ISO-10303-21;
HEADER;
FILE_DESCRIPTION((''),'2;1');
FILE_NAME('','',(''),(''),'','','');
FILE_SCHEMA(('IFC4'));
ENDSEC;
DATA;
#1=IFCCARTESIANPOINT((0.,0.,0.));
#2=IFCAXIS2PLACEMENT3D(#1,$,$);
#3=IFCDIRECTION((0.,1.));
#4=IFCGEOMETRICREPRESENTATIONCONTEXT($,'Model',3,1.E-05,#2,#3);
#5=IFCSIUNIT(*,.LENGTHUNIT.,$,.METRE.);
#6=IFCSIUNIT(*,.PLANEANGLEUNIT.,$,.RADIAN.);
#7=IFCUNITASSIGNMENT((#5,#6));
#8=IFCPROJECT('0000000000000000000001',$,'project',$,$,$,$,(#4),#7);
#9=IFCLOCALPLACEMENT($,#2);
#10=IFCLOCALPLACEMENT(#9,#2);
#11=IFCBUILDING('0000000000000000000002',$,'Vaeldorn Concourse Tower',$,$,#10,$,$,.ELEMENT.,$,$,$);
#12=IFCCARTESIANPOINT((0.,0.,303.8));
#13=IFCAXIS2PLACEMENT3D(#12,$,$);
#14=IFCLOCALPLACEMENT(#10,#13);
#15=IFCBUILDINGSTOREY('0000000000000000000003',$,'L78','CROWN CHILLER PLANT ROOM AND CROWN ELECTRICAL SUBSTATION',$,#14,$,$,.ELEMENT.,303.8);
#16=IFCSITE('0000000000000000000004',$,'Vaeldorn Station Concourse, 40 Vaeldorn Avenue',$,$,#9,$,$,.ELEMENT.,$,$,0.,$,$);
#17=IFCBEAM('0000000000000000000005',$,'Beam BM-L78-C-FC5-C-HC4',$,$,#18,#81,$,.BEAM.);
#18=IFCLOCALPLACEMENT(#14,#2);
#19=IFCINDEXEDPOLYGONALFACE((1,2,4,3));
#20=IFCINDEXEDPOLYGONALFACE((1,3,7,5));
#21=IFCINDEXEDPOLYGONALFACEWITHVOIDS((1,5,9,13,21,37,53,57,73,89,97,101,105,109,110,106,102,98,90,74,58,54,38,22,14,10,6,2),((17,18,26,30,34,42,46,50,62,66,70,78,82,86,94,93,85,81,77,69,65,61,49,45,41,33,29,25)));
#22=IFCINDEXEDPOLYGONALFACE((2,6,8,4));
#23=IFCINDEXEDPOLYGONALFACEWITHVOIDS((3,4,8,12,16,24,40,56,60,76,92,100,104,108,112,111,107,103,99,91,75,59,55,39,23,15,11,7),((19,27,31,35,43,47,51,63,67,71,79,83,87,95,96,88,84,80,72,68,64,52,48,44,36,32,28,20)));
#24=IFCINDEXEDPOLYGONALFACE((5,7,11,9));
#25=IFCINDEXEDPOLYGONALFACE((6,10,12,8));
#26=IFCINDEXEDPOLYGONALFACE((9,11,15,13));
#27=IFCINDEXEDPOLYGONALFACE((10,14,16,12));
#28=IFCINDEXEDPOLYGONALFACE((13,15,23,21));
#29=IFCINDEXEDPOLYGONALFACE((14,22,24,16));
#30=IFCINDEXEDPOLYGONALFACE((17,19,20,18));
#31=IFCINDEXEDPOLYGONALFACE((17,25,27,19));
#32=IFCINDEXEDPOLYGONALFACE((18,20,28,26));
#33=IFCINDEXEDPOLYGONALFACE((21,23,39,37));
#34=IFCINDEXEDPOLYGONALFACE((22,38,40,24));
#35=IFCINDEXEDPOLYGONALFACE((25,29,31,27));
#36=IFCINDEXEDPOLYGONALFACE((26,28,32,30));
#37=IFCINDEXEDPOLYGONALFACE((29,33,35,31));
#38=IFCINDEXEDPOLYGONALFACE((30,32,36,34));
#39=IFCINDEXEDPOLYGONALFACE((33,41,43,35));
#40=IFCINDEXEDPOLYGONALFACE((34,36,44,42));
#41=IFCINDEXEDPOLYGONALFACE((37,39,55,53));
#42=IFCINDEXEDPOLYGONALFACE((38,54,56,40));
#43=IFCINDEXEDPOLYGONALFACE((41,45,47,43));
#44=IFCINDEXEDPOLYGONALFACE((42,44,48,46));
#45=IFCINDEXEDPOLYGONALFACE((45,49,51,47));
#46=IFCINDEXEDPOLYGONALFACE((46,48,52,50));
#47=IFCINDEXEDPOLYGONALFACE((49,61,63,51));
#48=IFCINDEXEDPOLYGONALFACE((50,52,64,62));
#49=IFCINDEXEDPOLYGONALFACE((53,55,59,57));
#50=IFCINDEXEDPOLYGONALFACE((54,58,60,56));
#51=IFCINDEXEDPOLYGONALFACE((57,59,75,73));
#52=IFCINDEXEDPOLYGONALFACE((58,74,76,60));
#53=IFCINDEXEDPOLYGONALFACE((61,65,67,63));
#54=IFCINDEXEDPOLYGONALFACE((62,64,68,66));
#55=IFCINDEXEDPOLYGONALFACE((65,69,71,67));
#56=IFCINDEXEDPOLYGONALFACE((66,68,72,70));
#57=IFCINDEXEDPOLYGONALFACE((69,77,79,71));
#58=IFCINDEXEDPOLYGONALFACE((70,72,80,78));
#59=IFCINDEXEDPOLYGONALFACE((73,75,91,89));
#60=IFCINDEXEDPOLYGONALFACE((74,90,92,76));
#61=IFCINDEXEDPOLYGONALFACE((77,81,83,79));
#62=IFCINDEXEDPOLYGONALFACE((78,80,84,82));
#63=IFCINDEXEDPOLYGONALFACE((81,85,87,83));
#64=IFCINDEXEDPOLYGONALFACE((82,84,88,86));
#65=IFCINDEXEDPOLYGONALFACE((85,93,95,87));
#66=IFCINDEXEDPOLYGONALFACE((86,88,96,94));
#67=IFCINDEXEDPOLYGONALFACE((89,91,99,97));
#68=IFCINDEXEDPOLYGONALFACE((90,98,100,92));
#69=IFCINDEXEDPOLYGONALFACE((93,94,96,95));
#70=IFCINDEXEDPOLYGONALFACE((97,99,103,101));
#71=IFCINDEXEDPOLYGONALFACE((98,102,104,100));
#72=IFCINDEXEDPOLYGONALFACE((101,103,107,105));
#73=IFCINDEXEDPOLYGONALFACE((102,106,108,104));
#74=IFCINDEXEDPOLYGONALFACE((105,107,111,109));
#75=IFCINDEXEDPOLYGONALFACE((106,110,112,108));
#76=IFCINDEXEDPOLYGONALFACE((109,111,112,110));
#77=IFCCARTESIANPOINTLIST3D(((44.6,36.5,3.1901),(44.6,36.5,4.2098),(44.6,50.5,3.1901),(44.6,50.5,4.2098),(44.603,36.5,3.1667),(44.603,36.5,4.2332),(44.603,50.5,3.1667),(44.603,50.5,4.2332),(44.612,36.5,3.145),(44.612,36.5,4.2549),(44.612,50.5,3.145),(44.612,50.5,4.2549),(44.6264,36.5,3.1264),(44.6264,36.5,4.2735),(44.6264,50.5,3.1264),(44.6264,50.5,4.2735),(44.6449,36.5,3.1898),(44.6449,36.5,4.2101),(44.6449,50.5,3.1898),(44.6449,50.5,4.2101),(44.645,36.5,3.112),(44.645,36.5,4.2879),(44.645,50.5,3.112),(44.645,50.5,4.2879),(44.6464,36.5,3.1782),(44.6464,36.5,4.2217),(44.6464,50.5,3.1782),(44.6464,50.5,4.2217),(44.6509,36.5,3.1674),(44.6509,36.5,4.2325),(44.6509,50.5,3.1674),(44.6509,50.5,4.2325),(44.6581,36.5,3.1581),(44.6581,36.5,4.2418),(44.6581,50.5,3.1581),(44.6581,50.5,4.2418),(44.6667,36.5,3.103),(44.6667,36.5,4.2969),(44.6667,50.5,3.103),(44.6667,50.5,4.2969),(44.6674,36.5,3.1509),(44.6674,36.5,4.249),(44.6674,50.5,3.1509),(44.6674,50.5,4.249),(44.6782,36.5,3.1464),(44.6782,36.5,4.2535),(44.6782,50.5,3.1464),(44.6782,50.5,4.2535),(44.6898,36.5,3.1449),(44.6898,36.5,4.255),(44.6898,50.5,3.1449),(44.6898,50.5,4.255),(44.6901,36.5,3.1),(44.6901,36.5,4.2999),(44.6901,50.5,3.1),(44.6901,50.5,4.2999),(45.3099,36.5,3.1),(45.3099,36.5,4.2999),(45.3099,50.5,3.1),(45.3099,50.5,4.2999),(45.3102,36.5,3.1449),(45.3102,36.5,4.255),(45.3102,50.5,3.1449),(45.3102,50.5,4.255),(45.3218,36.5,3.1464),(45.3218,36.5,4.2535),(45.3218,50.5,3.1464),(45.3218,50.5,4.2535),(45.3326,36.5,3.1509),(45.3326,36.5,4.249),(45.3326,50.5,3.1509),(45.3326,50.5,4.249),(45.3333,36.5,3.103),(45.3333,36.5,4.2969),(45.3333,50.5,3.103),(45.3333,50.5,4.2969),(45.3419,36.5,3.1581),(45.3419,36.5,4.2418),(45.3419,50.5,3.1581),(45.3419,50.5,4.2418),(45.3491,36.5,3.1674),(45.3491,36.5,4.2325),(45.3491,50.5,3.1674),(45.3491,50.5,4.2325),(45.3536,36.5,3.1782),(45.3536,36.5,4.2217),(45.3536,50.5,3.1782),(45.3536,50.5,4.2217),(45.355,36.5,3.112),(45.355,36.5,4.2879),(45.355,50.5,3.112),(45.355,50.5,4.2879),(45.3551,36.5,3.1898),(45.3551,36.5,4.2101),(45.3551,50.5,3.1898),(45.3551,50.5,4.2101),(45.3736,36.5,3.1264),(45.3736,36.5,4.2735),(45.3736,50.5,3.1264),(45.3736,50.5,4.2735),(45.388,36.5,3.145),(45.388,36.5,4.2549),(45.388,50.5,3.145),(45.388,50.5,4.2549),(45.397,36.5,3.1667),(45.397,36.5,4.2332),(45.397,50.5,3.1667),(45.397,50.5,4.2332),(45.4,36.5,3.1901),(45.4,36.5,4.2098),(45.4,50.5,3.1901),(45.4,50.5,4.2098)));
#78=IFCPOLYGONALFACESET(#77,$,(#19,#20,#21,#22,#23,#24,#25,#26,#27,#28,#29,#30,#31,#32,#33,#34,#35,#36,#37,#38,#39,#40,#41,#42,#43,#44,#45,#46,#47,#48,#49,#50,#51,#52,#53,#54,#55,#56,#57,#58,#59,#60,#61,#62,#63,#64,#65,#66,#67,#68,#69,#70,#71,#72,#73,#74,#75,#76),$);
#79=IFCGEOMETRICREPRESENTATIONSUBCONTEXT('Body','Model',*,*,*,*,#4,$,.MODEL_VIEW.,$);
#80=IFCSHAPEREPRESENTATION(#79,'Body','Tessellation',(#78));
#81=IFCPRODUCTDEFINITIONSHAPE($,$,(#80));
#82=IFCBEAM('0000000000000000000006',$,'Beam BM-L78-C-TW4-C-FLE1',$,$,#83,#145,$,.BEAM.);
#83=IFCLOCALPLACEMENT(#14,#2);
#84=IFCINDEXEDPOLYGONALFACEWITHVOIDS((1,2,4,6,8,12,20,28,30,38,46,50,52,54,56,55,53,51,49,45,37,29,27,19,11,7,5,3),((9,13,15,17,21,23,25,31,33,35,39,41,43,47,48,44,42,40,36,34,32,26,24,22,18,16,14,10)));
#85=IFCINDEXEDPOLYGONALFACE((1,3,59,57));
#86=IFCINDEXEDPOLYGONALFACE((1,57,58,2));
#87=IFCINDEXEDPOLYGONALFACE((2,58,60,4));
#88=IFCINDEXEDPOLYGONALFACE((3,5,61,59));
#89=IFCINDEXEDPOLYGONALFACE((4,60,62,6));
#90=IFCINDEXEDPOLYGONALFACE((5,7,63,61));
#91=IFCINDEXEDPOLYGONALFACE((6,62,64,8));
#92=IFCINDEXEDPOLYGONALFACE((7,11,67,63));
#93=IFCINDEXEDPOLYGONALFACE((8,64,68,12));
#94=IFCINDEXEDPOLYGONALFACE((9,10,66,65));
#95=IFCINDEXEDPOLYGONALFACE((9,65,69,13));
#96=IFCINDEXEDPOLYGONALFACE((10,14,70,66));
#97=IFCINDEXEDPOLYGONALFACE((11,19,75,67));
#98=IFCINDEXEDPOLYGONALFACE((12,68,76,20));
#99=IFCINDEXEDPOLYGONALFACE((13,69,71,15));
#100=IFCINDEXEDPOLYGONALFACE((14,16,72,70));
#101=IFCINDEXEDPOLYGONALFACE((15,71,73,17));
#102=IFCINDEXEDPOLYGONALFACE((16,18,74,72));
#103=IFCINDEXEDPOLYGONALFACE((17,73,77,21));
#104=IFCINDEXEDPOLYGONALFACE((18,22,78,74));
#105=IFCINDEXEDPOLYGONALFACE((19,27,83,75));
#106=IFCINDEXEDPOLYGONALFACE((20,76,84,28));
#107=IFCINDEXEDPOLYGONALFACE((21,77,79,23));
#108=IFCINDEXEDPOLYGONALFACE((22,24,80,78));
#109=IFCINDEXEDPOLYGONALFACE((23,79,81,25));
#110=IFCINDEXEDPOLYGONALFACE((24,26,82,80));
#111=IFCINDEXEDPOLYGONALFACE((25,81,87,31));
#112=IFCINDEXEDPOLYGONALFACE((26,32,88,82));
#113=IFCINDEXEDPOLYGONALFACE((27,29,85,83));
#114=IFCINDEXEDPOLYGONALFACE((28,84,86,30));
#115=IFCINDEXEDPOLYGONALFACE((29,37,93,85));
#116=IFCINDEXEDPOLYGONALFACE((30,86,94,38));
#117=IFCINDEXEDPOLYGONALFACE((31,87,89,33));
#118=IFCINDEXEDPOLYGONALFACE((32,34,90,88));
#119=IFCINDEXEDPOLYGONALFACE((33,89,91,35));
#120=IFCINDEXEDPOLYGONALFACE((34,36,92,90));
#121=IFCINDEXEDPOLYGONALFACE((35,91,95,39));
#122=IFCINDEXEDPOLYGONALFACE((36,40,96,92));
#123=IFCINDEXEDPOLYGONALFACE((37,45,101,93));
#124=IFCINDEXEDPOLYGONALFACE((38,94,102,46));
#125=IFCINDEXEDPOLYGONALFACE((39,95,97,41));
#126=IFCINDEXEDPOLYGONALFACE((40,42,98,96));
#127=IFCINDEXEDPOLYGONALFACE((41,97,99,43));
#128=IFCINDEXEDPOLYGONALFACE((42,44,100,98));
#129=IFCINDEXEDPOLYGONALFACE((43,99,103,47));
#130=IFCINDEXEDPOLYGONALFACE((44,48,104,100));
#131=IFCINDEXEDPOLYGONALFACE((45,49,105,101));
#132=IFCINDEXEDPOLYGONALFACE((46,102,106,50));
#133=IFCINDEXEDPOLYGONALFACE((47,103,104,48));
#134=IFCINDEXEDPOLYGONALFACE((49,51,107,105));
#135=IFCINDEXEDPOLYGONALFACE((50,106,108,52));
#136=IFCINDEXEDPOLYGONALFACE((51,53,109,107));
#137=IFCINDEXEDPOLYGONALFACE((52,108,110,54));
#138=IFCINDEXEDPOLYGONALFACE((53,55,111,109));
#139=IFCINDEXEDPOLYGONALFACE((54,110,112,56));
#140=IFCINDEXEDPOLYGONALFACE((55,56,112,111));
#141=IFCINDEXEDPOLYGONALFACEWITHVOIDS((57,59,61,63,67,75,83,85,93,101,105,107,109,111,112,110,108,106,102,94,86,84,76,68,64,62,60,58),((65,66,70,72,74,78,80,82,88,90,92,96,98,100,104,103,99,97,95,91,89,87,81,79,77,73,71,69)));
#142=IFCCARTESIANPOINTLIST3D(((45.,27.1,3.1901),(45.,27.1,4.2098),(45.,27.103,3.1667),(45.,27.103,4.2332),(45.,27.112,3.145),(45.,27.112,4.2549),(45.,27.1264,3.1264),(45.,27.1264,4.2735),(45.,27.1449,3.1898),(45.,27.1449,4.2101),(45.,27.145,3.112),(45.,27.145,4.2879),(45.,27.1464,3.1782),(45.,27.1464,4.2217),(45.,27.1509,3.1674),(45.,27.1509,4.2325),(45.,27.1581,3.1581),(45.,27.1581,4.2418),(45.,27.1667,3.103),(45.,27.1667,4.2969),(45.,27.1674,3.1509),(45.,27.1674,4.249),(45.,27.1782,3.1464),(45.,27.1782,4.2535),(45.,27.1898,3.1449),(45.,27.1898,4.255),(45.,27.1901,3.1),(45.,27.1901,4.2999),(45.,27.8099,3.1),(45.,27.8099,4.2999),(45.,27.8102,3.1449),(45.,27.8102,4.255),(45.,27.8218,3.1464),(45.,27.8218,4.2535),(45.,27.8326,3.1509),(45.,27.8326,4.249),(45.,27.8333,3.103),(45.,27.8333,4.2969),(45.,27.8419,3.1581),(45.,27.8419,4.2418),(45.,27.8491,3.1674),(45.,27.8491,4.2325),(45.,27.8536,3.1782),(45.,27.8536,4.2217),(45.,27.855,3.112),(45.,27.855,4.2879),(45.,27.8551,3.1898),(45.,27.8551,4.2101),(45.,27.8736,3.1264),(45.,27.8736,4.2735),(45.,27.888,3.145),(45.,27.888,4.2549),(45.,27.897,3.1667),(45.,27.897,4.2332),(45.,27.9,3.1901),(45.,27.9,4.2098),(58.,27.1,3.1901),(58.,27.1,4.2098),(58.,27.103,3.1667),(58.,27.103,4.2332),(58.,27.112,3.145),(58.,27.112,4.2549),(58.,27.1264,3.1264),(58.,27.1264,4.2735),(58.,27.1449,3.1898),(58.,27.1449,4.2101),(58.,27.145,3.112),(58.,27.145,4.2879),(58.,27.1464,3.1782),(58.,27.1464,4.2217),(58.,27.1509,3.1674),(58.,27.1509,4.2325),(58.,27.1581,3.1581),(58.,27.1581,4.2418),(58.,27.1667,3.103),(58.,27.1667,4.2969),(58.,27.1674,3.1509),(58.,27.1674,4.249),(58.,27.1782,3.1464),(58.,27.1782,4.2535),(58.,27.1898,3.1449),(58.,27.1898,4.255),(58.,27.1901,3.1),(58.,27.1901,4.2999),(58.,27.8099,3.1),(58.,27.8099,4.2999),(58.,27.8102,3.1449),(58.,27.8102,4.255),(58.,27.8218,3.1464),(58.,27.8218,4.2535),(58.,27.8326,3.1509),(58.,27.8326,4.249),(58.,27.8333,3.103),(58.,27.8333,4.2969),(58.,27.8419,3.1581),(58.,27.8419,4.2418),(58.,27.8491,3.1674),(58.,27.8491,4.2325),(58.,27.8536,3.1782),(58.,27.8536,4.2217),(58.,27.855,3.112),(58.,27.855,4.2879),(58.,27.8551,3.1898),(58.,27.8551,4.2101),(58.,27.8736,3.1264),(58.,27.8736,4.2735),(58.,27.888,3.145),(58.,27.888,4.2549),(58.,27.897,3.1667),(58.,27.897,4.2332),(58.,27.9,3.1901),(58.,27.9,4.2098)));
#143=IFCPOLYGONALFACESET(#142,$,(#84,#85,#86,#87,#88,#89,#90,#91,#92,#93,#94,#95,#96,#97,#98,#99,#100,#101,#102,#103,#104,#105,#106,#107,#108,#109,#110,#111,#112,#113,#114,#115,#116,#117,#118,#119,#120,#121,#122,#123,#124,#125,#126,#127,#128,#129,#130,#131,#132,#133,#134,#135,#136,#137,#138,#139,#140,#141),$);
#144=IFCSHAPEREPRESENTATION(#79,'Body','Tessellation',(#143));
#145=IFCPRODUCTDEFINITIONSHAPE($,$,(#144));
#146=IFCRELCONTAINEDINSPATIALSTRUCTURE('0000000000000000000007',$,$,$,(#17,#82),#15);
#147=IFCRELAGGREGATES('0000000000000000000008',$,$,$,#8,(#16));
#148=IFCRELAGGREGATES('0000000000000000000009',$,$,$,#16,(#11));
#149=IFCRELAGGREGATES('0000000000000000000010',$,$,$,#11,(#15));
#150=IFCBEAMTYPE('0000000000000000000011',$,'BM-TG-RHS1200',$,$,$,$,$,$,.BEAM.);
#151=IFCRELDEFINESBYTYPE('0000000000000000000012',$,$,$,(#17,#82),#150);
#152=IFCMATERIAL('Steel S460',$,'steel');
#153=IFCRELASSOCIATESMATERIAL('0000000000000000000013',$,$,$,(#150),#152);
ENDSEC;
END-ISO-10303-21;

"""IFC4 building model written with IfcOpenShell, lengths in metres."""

from ifc_helpers import new_model, si_unit, direction, frame, origin, origin_2d, place, context, subcontext, project, spatial, hollow_rectangle, extrude, source, transform, mapped, material, material_profile, profile_set, type_object, element, save


model = new_model("IFC4")

# Units and contexts
model_context = context("Model", 3, precision=1e-05, world=origin(), true_north=direction((0.0, 1.0)))
body_context = subcontext(model_context, "Body", "Model", "MODEL_VIEW")
ifc_project = project(units=[si_unit("LENGTHUNIT", "METRE"), si_unit("PLANEANGLEUNIT", "RADIAN")], contexts=[model_context])

# Site, building, storey
site_placement = place(None, origin())
site = spatial("IfcSite", under=ifc_project, at=site_placement, Name="Vaeldorn Station Concourse, 40 Vaeldorn Avenue", CompositionType="ELEMENT", RefElevation=0.0)
building_placement = place(site_placement, origin())
building = spatial("IfcBuilding", under=site, at=building_placement, Name="Vaeldorn Concourse Tower", CompositionType="ELEMENT")
storey_placement = place(building_placement, frame((0.0, 0.0, 303.8)))
storey = spatial("IfcBuildingStorey", under=building, at=storey_placement, Name="L78", Description="CROWN CHILLER PLANT ROOM AND CROWN ELECTRICAL SUBSTATION", CompositionType="ELEMENT", Elevation=303.8)

# Beams
ifc_material_1 = material(Name="Steel S460", Category="steel")
ifc_material_profile_1 = material_profile(ifc_material_1, hollow_rectangle(XDim=0.8, YDim=1.2, WallThickness=0.0449, InnerFilletRadius=0.0449, OuterFilletRadius=0.0901, at=origin_2d()), Name="RHS 1200x800x45")
ifc_profile_set_1 = profile_set([ifc_material_profile_1], Name="Steel S460")
beam_type_1 = type_object("IfcBeamType", Name="BM-TG-RHS1200", PredefinedType="BEAM", material=ifc_profile_set_1)
shared_shape_1 = source(origin(), body_context, "Body", "SweptSolid", [
    extrude(hollow_rectangle(XDim=0.8, YDim=1.2, WallThickness=0.0449, InnerFilletRadius=0.0449, OuterFilletRadius=0.0901, at=origin_2d()), origin(), (0.0, 0.0, 1.0), 14.0),
])
beam_1_placement = place(storey_placement, frame((45.0, 36.5, 3.7), z_axis=(0.0, 1.0, 0.0), x_axis=(-1.0, 0.0, 0.0)))
element("IfcBeam", 1, at=beam_1_placement, inside=storey, type_object=beam_type_1, Name="Beam BM-L78-C-FC5-C-HC4", PredefinedType="BEAM", context=body_context, shape_type="MappedRepresentation", body=[
    mapped(shared_shape_1, transform((0.0, 0.0, 0.0), scale=1.0)),
])
shared_shape_2 = source(origin(), body_context, "Body", "SweptSolid", [
    extrude(hollow_rectangle(XDim=0.8, YDim=1.2, WallThickness=0.0449, InnerFilletRadius=0.0449, OuterFilletRadius=0.0901, at=origin_2d()), origin(), (0.0, 0.0, 1.0), 13.0),
])
beam_2_placement = place(storey_placement, frame((45.0, 27.5, 3.7), z_axis=(1.0, 0.0, 0.0), x_axis=(0.0, 1.0, 0.0)))
element("IfcBeam", 2, at=beam_2_placement, inside=storey, type_object=beam_type_1, Name="Beam BM-L78-C-TW4-C-FLE1", PredefinedType="BEAM", context=body_context, shape_type="MappedRepresentation", body=[
    mapped(shared_shape_2, transform((0.0, 0.0, 0.0), scale=1.0)),
])

save(model, "model.ifc")
